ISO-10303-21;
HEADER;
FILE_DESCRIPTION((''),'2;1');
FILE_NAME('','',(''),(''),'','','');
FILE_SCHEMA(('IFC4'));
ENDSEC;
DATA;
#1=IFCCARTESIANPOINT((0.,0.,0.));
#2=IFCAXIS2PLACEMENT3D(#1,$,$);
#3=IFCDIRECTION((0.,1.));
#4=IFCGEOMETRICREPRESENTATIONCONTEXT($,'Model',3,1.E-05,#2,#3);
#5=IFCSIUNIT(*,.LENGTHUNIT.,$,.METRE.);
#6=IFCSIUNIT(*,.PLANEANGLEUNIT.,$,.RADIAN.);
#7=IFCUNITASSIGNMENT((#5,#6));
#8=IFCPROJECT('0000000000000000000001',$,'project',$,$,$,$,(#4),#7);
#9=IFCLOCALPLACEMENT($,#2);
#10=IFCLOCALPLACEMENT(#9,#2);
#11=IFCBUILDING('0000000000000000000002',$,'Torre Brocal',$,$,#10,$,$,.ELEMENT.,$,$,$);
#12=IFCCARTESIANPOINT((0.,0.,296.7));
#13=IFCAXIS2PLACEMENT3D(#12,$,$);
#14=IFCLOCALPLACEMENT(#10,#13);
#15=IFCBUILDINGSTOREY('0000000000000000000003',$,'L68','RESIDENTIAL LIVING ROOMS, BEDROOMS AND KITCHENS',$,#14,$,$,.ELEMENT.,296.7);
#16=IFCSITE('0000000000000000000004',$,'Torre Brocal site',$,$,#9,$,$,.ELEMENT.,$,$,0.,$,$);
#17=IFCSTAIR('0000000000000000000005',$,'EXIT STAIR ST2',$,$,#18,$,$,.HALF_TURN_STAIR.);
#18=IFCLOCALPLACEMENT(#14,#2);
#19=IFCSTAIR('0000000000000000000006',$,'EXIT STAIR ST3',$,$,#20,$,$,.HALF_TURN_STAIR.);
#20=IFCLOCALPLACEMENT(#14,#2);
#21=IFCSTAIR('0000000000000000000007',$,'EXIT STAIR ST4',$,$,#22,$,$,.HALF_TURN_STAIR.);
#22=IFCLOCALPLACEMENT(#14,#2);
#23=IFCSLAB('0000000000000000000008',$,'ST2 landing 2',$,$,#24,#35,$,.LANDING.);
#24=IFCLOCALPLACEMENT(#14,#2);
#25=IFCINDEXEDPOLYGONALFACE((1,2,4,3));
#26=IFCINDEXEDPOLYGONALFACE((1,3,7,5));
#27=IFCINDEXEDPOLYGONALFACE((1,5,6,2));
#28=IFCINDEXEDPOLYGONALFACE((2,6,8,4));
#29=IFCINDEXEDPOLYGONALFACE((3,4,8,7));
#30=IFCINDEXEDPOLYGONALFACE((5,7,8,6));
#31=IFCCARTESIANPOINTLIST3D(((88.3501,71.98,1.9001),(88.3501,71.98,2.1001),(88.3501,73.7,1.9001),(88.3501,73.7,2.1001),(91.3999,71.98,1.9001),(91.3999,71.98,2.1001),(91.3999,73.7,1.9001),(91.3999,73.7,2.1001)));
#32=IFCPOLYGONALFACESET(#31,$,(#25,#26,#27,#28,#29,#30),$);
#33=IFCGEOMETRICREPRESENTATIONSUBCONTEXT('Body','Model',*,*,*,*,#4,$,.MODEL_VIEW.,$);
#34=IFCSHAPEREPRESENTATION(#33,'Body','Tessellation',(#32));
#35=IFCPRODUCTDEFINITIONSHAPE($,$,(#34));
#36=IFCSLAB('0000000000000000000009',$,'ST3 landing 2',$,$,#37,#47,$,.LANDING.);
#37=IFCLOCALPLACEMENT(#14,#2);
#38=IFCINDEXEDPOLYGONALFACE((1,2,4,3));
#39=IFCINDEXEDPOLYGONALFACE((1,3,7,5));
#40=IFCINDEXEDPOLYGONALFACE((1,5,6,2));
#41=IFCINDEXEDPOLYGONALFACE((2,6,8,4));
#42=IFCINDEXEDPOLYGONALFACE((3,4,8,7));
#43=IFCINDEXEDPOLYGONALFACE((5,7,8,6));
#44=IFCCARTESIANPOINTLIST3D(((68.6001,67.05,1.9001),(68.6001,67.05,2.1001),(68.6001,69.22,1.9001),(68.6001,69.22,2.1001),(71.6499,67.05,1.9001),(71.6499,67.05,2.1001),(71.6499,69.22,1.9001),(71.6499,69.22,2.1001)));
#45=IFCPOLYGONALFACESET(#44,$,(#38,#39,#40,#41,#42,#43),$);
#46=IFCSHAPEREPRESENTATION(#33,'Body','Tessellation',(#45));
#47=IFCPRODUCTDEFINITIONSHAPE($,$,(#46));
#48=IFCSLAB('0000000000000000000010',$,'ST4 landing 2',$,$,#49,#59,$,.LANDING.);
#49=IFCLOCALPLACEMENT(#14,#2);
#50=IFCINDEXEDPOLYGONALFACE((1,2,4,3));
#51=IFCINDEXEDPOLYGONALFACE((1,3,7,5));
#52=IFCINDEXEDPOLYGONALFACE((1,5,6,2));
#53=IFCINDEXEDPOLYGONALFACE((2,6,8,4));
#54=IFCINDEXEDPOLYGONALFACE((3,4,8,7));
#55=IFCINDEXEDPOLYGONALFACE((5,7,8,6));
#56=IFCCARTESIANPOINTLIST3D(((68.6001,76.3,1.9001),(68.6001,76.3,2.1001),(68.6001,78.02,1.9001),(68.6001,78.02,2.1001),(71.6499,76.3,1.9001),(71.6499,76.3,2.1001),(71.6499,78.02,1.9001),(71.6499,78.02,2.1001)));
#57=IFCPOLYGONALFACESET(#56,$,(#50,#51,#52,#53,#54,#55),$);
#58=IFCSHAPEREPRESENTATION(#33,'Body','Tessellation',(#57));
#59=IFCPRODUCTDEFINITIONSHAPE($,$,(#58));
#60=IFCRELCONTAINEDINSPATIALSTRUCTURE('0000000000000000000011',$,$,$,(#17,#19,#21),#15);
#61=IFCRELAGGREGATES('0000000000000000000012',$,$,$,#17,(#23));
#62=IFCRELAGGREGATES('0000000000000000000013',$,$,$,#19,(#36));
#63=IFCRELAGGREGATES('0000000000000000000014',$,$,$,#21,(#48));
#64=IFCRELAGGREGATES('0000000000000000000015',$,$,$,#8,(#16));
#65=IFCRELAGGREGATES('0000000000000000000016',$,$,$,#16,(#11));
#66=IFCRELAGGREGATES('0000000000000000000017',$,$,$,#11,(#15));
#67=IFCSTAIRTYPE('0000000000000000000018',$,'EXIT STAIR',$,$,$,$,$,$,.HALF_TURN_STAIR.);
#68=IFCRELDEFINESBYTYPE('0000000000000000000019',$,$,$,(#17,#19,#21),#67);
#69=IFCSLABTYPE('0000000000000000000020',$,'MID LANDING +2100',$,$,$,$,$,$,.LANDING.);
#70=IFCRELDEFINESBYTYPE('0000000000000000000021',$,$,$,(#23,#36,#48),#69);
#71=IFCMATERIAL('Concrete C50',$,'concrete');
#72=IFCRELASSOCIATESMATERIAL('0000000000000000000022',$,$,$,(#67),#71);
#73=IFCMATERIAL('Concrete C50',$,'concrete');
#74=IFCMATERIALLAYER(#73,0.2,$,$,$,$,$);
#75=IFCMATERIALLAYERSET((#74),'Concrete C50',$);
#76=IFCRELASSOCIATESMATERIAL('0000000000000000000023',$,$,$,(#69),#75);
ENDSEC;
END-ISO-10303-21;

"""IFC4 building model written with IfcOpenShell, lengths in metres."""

from ifc_helpers import new_model, si_unit, direction, frame, origin, place, context, subcontext, project, spatial, polyline, outline, extrude, material, layer, layer_set, type_object, element, aggregate, save


model = new_model("IFC4")

# Units and contexts
model_context = context("Model", 3, precision=1e-05, world=origin(), true_north=direction((0.0, 1.0)))
body_context = subcontext(model_context, "Body", "Model", "MODEL_VIEW")
ifc_project = project(units=[si_unit("LENGTHUNIT", "METRE"), si_unit("PLANEANGLEUNIT", "RADIAN")], contexts=[model_context])

# Site, building, storey
site_placement = place(None, origin())
site = spatial("IfcSite", under=ifc_project, at=site_placement, Name="Torre Brocal site", CompositionType="ELEMENT", RefElevation=0.0)
building_placement = place(site_placement, origin())
building = spatial("IfcBuilding", under=site, at=building_placement, Name="Torre Brocal", CompositionType="ELEMENT")
storey_placement = place(building_placement, frame((0.0, 0.0, 296.7)))
storey = spatial("IfcBuildingStorey", under=building, at=storey_placement, Name="L68", Description="RESIDENTIAL LIVING ROOMS, BEDROOMS AND KITCHENS", CompositionType="ELEMENT", Elevation=296.7)

# Stairs
ifc_material_1 = material(Name="Concrete C50", Category="concrete")
stair_type = type_object("IfcStairType", Name="EXIT STAIR", PredefinedType="HALF_TURN_STAIR", material=ifc_material_1)
stair_1_placement = place(storey_placement, origin())
stair_1 = element("IfcStair", 1, at=stair_1_placement, inside=storey, type_object=stair_type, Name="EXIT STAIR ST2", PredefinedType="HALF_TURN_STAIR")
stair_2_placement = place(storey_placement, origin())
stair_2 = element("IfcStair", 2, at=stair_2_placement, inside=storey, type_object=stair_type, Name="EXIT STAIR ST3", PredefinedType="HALF_TURN_STAIR")
stair_3_placement = place(storey_placement, origin())
stair_3 = element("IfcStair", 3, at=stair_3_placement, inside=storey, type_object=stair_type, Name="EXIT STAIR ST4", PredefinedType="HALF_TURN_STAIR")

# Slabs
ifc_material_2 = material(Name="Concrete C50", Category="concrete")
ifc_layer_1 = layer(ifc_material_2, 0.2)
ifc_layer_set_1 = layer_set([ifc_layer_1], Name="Concrete C50")
slab_type_1 = type_object("IfcSlabType", Name="MID LANDING +2100", PredefinedType="LANDING", material=ifc_layer_set_1)
slab_1_placement = place(storey_placement, frame((0.0, 0.0, 1.9001)))
slab_1 = element("IfcSlab", 4, at=slab_1_placement, type_object=slab_type_1, Name="ST2 landing 2", PredefinedType="LANDING", context=body_context, shape_type="SweptSolid", body=[
    extrude(outline(polyline([(88.3501, 71.98), (91.3999, 71.98), (91.3999, 73.7), (88.3501, 73.7), (88.3501, 71.98)])), origin(), (0.0, 0.0, 1.0), 0.2),
])
aggregate(stair_1, [slab_1])
slab_2_placement = place(storey_placement, frame((0.0, 0.0, 1.9001)))
slab_2 = element("IfcSlab", 5, at=slab_2_placement, type_object=slab_type_1, Name="ST3 landing 2", PredefinedType="LANDING", context=body_context, shape_type="SweptSolid", body=[
    extrude(outline(polyline([(71.6499, 69.22), (68.6001, 69.22), (68.6001, 67.05), (71.6499, 67.05), (71.6499, 69.22)])), origin(), (0.0, 0.0, 1.0), 0.2),
])
aggregate(stair_2, [slab_2])
slab_3_placement = place(storey_placement, frame((0.0, 0.0, 1.9001)))
slab_3 = element("IfcSlab", 6, at=slab_3_placement, type_object=slab_type_1, Name="ST4 landing 2", PredefinedType="LANDING", context=body_context, shape_type="SweptSolid", body=[
    extrude(outline(polyline([(71.6499, 78.02), (68.6001, 78.02), (68.6001, 76.3), (71.6499, 76.3), (71.6499, 78.02)])), origin(), (0.0, 0.0, 1.0), 0.2),
])
aggregate(stair_3, [slab_3])

save(model, "model.ifc")
